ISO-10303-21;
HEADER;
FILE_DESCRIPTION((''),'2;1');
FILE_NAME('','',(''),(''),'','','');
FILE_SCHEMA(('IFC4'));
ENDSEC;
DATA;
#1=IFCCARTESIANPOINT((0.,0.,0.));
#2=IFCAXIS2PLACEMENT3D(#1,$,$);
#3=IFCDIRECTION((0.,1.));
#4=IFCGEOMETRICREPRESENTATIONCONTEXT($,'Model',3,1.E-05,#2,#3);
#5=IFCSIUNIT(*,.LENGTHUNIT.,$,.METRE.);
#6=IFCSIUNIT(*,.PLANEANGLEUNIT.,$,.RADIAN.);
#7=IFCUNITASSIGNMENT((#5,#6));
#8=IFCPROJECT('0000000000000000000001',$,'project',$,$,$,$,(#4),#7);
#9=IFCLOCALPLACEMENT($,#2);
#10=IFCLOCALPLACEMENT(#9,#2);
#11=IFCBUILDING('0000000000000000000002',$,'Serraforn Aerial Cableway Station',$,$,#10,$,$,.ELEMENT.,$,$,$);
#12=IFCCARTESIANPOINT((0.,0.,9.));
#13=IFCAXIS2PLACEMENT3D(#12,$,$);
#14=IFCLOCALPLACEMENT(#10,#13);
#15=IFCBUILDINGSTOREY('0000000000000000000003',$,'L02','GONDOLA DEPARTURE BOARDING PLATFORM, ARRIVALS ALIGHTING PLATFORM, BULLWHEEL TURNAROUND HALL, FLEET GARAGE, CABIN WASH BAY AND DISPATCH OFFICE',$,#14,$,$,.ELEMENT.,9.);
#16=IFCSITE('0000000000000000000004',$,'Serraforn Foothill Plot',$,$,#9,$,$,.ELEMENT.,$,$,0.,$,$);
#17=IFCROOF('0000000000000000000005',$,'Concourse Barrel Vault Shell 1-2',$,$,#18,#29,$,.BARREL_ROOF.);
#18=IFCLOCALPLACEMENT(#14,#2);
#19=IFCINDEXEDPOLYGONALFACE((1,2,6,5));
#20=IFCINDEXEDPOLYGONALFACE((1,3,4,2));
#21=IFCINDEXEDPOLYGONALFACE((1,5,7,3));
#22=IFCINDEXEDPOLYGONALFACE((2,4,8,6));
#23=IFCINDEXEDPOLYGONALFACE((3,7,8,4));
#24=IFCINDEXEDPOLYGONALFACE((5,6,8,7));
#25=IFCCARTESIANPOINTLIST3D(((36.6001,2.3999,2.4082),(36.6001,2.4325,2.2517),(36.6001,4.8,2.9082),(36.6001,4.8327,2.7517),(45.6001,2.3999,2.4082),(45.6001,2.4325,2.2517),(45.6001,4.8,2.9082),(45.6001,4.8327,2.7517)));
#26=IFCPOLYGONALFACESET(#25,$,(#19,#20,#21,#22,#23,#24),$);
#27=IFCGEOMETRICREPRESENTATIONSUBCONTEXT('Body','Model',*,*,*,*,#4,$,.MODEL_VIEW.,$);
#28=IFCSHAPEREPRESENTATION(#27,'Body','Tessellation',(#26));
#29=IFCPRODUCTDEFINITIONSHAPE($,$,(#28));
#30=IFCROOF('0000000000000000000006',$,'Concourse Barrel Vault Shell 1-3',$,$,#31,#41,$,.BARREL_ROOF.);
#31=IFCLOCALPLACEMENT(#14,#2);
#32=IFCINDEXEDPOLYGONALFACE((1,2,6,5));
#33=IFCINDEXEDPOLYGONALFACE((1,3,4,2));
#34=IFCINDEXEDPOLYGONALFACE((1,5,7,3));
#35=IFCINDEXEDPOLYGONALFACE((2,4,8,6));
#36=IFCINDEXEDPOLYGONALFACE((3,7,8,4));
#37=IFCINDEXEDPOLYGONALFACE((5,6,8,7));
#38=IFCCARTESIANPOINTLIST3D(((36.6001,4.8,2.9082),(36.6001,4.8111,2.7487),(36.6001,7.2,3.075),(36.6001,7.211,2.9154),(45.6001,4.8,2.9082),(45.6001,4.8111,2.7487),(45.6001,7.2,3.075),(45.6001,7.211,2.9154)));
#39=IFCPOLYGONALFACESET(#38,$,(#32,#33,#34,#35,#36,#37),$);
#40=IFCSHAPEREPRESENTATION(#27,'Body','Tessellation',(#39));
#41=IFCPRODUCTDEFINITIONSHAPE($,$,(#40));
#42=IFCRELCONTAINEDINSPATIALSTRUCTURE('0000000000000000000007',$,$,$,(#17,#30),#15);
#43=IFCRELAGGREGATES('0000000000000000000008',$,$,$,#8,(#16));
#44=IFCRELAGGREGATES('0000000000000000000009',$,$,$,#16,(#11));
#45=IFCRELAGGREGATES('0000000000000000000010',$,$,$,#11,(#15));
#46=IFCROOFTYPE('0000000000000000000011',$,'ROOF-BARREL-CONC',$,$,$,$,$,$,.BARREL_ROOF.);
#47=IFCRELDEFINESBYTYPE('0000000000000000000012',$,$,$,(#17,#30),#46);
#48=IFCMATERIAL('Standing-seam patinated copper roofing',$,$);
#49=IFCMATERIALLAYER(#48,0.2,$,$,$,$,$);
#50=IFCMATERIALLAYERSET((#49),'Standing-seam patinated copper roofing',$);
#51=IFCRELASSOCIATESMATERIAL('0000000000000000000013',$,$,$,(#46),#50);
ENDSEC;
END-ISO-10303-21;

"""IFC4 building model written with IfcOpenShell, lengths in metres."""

from ifc_helpers import new_model, si_unit, direction, frame, origin, place, context, subcontext, project, spatial, polyline, outline, extrude, material, layer, layer_set, type_object, element, save


model = new_model("IFC4")

# Units and contexts
model_context = context("Model", 3, precision=1e-05, world=origin(), true_north=direction((0.0, 1.0)))
body_context = subcontext(model_context, "Body", "Model", "MODEL_VIEW")
ifc_project = project(units=[si_unit("LENGTHUNIT", "METRE"), si_unit("PLANEANGLEUNIT", "RADIAN")], contexts=[model_context])

# Site, building, storey
site_placement = place(None, origin())
site = spatial("IfcSite", under=ifc_project, at=site_placement, Name="Serraforn Foothill Plot", CompositionType="ELEMENT", RefElevation=0.0)
building_placement = place(site_placement, origin())
building = spatial("IfcBuilding", under=site, at=building_placement, Name="Serraforn Aerial Cableway Station", CompositionType="ELEMENT")
storey_placement = place(building_placement, frame((0.0, 0.0, 9.0)))
storey = spatial("IfcBuildingStorey", under=building, at=storey_placement, Name="L02", Description="GONDOLA DEPARTURE BOARDING PLATFORM, ARRIVALS ALIGHTING PLATFORM, BULLWHEEL TURNAROUND HALL, FLEET GARAGE, CABIN WASH BAY AND DISPATCH OFFICE", CompositionType="ELEMENT", Elevation=9.0)

# Roofs
ifc_material_1 = material(Name="Standing-seam patinated copper roofing")
ifc_layer_1 = layer(ifc_material_1, 0.2)
ifc_layer_set_1 = layer_set([ifc_layer_1], Name="Standing-seam patinated copper roofing")
roof_type = type_object("IfcRoofType", Name="ROOF-BARREL-CONC", PredefinedType="BARREL_ROOF", material=ifc_layer_set_1)
roof_1_placement = place(storey_placement, frame((36.6001, 2.3999, 2.4082), z_axis=(0.0, -0.203942, 0.978983), x_axis=(1.0, 0.0, 0.0)))
element("IfcRoof", 1, at=roof_1_placement, inside=storey, type_object=roof_type, Name="Concourse Barrel Vault Shell 1-2", PredefinedType="BARREL_ROOF", context=body_context, shape_type="SweptSolid", body=[
    extrude(outline(polyline([(0.0, 0.0), (9.0, 0.0), (9.0, 2.4517), (0.0, 2.4517), (0.0, 0.0)])), origin(), (0.0, 0.0, -1.0), 0.1599),
])
roof_2_placement = place(storey_placement, frame((36.6001, 4.8, 2.9082), z_axis=(0.0, -0.069314, 0.997595), x_axis=(1.0, 0.0, 0.0)))
element("IfcRoof", 2, at=roof_2_placement, inside=storey, type_object=roof_type, Name="Concourse Barrel Vault Shell 1-3", PredefinedType="BARREL_ROOF", context=body_context, shape_type="SweptSolid", body=[
    extrude(outline(polyline([(0.0, 0.0), (9.0, 0.0), (9.0, 2.4057), (0.0, 2.4057), (0.0, 0.0)])), origin(), (0.0, 0.0, -1.0), 0.1599),
])

save(model, "model.ifc")
